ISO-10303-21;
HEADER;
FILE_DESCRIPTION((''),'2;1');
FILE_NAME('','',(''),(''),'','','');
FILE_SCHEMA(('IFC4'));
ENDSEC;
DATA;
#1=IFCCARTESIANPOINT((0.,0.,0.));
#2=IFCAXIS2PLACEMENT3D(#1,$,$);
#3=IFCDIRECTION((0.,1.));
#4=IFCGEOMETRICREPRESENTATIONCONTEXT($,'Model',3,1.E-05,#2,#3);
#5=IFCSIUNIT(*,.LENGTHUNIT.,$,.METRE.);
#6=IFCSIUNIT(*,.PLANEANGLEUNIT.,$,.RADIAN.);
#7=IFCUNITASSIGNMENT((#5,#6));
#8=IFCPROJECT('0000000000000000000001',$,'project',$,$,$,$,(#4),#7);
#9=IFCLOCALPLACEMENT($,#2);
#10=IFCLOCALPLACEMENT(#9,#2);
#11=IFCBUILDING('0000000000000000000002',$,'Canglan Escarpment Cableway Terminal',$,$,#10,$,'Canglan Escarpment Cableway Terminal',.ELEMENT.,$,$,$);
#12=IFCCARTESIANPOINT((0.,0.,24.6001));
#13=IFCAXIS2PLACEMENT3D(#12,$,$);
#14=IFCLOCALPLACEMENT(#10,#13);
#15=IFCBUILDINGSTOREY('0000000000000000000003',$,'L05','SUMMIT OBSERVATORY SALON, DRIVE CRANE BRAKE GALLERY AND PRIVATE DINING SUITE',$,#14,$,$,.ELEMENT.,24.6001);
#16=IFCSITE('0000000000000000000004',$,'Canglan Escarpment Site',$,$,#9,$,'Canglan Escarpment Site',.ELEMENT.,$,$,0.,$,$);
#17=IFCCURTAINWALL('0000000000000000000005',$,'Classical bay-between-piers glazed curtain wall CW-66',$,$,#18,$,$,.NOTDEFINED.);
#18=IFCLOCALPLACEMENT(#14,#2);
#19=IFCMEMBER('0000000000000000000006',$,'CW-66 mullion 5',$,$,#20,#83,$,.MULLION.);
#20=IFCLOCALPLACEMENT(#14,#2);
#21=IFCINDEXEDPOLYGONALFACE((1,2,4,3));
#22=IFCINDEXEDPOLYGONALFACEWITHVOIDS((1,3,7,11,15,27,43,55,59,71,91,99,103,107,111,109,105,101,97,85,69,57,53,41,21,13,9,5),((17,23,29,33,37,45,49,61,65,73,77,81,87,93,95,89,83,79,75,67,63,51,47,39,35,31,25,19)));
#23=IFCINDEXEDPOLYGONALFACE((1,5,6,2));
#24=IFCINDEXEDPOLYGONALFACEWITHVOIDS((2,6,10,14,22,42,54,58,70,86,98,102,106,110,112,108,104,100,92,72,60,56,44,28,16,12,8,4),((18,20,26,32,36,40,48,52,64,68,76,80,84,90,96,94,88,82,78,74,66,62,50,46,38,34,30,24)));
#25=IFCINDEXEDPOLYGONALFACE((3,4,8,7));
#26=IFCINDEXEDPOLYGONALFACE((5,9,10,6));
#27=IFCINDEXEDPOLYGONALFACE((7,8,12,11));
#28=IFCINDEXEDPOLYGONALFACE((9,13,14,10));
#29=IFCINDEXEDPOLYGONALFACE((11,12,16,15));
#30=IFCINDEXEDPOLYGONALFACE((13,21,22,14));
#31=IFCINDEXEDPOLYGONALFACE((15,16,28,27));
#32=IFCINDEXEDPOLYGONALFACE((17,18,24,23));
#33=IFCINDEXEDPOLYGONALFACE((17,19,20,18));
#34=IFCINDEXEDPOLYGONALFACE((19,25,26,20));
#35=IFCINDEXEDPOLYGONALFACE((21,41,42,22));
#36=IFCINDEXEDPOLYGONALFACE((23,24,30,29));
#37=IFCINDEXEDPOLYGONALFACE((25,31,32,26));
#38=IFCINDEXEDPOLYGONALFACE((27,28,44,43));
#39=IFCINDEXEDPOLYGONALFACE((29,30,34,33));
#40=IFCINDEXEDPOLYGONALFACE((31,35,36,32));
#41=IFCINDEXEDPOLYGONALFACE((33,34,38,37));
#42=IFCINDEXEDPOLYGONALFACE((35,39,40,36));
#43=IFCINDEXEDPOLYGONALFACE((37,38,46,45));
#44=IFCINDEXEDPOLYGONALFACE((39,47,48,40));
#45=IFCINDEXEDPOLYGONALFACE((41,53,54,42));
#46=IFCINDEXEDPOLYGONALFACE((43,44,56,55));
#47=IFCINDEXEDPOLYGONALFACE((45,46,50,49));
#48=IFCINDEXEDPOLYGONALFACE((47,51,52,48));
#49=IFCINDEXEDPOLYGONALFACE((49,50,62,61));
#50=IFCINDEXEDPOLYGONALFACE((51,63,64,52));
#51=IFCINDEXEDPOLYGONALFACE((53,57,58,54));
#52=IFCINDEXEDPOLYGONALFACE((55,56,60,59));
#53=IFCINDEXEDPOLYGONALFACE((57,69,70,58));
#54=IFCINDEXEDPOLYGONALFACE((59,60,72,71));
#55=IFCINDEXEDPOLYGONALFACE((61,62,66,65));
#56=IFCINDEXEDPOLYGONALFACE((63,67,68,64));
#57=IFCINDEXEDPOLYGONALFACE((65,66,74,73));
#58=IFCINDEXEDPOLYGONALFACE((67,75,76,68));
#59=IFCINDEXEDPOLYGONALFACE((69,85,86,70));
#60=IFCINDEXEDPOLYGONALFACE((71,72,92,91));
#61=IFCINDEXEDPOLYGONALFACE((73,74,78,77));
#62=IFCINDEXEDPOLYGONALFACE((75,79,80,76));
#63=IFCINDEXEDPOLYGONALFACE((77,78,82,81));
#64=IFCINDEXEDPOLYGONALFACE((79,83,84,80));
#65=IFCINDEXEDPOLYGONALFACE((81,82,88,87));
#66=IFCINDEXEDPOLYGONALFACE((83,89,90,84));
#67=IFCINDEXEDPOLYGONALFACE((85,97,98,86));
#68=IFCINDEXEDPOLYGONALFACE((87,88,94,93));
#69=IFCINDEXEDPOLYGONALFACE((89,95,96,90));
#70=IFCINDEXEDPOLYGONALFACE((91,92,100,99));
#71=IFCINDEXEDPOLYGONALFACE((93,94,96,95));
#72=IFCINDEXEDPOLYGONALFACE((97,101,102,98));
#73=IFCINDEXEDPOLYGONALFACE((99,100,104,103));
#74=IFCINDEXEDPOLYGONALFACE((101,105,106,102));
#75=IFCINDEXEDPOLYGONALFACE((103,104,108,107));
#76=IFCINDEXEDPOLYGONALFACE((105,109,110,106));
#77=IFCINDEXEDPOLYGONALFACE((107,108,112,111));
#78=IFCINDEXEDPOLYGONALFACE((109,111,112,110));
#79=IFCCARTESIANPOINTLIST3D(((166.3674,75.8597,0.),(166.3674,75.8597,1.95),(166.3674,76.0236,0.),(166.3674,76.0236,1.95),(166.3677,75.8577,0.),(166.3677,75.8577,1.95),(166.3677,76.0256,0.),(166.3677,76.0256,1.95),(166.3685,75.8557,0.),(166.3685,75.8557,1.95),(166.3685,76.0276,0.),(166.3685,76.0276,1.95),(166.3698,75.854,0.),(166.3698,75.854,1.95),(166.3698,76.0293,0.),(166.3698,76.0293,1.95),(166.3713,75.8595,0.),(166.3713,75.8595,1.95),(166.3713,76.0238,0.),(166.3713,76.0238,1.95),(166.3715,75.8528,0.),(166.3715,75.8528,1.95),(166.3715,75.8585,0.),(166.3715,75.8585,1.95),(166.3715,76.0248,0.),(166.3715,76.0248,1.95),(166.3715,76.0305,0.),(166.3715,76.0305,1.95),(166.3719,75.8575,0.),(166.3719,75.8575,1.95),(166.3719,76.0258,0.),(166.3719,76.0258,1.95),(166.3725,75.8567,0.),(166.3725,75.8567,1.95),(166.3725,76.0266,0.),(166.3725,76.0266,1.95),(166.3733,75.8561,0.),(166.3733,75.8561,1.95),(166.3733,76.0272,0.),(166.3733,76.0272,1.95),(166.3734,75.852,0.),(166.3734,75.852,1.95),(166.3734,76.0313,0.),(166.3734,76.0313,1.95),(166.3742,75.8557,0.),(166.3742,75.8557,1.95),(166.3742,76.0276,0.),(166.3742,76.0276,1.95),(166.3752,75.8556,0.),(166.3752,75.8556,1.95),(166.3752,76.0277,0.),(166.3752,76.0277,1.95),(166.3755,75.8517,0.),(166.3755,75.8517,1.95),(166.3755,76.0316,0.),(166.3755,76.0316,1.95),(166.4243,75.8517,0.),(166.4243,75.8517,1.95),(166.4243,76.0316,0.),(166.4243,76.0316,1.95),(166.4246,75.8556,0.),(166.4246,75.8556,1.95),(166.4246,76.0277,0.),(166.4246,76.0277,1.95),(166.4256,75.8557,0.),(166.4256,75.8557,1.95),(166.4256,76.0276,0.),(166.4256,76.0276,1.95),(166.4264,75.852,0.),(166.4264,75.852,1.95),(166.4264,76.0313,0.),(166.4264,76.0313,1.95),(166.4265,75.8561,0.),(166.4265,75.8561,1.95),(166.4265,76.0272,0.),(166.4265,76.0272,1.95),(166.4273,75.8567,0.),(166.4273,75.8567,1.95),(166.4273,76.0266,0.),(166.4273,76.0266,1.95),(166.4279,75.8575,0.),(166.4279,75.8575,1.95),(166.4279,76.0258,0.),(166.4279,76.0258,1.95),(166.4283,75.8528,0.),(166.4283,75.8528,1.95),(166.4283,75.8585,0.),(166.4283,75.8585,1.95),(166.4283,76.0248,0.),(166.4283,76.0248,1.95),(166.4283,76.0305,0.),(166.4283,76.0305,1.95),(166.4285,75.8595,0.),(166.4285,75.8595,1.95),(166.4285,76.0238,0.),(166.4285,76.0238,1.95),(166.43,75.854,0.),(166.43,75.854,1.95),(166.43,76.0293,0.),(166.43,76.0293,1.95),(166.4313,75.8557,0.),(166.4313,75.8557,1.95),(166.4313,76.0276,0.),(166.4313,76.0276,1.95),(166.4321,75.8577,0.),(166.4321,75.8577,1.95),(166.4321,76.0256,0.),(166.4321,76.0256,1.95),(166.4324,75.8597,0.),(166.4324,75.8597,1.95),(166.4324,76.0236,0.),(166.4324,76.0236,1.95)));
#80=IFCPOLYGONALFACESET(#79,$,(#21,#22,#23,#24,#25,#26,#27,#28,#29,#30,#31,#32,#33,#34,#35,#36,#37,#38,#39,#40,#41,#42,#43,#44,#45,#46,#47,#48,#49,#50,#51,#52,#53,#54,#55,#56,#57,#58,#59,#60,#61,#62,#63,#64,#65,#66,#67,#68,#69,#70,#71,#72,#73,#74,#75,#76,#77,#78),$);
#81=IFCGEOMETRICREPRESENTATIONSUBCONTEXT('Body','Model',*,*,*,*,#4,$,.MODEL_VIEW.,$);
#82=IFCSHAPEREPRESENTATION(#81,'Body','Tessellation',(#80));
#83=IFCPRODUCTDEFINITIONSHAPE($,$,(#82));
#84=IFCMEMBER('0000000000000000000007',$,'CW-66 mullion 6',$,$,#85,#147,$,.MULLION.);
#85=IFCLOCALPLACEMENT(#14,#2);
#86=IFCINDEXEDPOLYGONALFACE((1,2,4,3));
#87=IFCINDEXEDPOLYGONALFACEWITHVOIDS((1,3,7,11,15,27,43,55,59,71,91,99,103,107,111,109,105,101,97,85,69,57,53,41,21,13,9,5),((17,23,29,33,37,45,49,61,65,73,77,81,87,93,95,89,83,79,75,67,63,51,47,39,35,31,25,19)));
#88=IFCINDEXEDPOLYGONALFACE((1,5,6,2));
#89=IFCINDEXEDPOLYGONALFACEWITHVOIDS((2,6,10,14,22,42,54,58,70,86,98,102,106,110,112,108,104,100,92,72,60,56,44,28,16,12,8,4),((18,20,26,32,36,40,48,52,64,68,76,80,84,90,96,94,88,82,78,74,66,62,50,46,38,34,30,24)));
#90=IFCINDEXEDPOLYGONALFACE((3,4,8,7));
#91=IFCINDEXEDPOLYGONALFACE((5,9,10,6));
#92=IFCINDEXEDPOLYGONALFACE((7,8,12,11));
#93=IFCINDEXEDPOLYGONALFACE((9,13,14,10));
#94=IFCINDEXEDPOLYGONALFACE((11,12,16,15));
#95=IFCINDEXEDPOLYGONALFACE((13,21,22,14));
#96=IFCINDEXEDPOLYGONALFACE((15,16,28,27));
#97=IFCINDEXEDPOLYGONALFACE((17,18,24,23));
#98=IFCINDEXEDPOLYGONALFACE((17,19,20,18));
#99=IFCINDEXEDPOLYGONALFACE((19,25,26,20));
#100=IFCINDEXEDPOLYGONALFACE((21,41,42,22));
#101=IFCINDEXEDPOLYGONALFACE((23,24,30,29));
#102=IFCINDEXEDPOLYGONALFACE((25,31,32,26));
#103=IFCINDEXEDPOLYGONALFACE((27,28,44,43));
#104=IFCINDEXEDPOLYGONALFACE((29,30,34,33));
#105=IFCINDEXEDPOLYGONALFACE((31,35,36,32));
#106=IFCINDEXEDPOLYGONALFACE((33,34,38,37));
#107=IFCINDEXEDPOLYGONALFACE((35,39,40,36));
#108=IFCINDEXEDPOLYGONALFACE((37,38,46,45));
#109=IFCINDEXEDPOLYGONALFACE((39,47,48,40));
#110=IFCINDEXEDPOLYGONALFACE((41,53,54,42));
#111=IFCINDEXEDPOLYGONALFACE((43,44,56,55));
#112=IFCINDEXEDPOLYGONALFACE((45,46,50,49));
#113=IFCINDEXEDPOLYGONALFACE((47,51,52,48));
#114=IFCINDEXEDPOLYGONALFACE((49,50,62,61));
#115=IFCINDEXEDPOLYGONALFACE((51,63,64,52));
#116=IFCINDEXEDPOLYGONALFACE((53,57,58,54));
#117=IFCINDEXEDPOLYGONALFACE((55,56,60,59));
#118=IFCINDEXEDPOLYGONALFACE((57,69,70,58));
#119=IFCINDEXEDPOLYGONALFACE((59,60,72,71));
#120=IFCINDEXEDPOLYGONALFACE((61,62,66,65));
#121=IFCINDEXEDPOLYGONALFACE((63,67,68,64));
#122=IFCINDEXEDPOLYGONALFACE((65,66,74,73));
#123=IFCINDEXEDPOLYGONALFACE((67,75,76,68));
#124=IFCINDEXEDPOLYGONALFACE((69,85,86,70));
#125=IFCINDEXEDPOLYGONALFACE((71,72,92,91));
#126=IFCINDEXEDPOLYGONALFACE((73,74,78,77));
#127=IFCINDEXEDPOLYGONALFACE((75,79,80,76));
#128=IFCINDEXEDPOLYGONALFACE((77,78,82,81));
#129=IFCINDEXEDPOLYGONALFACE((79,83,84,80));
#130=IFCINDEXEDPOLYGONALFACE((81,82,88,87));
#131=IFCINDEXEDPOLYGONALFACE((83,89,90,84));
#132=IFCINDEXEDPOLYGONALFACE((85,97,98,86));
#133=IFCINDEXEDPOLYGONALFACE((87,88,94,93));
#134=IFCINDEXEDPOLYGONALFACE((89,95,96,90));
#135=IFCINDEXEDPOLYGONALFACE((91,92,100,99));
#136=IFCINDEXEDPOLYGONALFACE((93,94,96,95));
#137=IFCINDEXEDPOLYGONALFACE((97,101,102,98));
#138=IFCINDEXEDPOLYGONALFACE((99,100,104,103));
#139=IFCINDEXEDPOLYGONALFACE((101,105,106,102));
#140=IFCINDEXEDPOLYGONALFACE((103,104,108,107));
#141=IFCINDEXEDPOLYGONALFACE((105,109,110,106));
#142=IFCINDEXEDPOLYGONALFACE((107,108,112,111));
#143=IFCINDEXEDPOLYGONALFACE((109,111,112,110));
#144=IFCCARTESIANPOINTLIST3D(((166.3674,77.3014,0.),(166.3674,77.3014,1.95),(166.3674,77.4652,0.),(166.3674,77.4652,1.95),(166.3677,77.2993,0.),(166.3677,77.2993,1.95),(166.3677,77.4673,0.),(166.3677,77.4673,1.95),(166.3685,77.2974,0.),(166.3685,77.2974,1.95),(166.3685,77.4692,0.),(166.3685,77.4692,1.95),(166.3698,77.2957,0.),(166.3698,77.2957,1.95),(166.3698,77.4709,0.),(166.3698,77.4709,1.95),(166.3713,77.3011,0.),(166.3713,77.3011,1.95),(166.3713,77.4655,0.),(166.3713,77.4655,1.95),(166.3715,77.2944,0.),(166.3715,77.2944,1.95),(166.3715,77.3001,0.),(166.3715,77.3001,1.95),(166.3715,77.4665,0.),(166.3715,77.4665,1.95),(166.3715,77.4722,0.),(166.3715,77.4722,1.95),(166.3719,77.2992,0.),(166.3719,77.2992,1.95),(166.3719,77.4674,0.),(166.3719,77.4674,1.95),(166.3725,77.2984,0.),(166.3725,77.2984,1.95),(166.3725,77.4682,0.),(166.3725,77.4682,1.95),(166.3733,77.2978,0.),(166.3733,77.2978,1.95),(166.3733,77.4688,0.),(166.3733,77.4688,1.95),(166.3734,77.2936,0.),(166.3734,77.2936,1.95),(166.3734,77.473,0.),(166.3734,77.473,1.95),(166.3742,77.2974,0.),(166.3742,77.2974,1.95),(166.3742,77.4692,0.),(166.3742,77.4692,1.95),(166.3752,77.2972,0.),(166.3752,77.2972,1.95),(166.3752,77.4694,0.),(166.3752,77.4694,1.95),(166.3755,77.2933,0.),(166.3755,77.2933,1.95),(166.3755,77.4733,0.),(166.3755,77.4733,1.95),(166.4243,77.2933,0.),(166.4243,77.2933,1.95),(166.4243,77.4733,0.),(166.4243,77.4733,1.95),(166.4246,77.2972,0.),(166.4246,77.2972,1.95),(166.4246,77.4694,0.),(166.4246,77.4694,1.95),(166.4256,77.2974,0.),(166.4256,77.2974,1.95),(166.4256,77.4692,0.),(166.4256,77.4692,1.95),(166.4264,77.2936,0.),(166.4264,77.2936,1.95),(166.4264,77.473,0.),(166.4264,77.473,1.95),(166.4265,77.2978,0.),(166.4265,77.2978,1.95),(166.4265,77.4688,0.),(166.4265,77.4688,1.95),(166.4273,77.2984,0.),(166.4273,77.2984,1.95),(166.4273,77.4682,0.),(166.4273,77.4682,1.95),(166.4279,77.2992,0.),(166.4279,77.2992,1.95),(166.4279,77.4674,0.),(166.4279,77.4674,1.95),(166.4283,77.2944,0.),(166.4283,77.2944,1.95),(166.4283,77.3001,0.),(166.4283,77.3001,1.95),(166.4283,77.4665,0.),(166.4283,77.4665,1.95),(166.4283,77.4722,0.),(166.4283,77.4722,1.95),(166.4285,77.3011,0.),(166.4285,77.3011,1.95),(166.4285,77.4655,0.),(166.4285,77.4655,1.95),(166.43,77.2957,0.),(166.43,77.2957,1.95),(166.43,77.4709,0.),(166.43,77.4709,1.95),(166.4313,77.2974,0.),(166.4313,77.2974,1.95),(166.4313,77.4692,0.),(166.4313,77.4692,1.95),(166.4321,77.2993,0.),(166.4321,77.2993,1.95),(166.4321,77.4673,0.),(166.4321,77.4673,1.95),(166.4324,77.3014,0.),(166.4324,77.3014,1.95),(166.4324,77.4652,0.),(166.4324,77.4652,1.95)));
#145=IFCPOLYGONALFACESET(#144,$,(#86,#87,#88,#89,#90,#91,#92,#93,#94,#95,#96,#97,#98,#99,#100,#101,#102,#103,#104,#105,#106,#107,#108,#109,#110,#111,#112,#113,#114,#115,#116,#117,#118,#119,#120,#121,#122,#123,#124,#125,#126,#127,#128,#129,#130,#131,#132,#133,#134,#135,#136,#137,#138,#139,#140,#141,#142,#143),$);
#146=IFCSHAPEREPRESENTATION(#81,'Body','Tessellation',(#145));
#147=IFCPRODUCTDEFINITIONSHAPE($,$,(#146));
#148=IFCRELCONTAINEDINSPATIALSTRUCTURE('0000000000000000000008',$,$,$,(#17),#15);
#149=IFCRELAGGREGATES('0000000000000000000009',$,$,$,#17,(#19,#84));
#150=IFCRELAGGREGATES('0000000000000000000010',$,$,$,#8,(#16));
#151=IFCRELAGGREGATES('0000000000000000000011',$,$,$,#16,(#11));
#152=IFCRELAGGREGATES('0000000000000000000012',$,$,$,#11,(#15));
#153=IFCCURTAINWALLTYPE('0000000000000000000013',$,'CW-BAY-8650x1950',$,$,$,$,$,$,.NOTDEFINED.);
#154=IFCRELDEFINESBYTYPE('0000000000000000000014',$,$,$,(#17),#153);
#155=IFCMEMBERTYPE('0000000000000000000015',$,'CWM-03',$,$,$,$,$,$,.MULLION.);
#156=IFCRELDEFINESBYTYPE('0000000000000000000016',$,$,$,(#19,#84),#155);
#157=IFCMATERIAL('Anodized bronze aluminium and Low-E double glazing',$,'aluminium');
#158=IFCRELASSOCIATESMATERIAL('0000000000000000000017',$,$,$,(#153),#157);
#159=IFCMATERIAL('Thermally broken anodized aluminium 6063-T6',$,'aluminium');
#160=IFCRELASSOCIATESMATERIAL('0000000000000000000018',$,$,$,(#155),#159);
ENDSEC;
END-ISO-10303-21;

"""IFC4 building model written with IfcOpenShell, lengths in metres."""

from ifc_helpers import new_model, si_unit, direction, frame, origin, origin_2d, place, context, subcontext, project, spatial, hollow_rectangle, extrude, material, material_profile, profile_set, type_object, element, aggregate, save


model = new_model("IFC4")

# Units and contexts
model_context = context("Model", 3, precision=1e-05, world=origin(), true_north=direction((0.0, 1.0)))
body_context = subcontext(model_context, "Body", "Model", "MODEL_VIEW")
ifc_project = project(units=[si_unit("LENGTHUNIT", "METRE"), si_unit("PLANEANGLEUNIT", "RADIAN")], contexts=[model_context])

# Site, building, storey
site_placement = place(None, origin())
site = spatial("IfcSite", under=ifc_project, at=site_placement, Name="Canglan Escarpment Site", LongName="Canglan Escarpment Site", CompositionType="ELEMENT", RefElevation=0.0)
building_placement = place(site_placement, origin())
building = spatial("IfcBuilding", under=site, at=building_placement, Name="Canglan Escarpment Cableway Terminal", LongName="Canglan Escarpment Cableway Terminal", CompositionType="ELEMENT")
storey_placement = place(building_placement, frame((0.0, 0.0, 24.6001)))
storey = spatial("IfcBuildingStorey", under=building, at=storey_placement, Name="L05", Description="SUMMIT OBSERVATORY SALON, DRIVE CRANE BRAKE GALLERY AND PRIVATE DINING SUITE", CompositionType="ELEMENT", Elevation=24.6001)

# Curtain wall, members
ifc_material_1 = material(Name="Anodized bronze aluminium and Low-E double glazing", Category="aluminium")
curtain_wall_type = type_object("IfcCurtainWallType", Name="CW-BAY-8650x1950", PredefinedType="NOTDEFINED", material=ifc_material_1)
ifc_material_2 = material(Name="Thermally broken anodized aluminium 6063-T6", Category="aluminium")
curtain_wall_1_placement = place(storey_placement, origin())
curtain_wall_1 = element("IfcCurtainWall", 1, at=curtain_wall_1_placement, inside=storey, type_object=curtain_wall_type, Name="Classical bay-between-piers glazed curtain wall CW-66", PredefinedType="NOTDEFINED")
ifc_material_profile_1 = material_profile(ifc_material_2, hollow_rectangle(XDim=0.0649, YDim=0.1799, WallThickness=0.0039, InnerFilletRadius=0.0039, OuterFilletRadius=0.0081, at=origin_2d()), Name="ALU-MULL 65x180x4")
ifc_profile_set_1 = profile_set([ifc_material_profile_1], Name="Thermally broken anodized aluminium 6063-T6")
member_type_1 = type_object("IfcMemberType", Name="CWM-03", PredefinedType="MULLION", material=ifc_profile_set_1)
member_1_placement = place(storey_placement, frame((166.3999, 75.9417, 0.0), z_axis=(0.0, 0.0, 1.0), x_axis=(-1.0, 0.0, 0.0)))
member_1 = element("IfcMember", 2, at=member_1_placement, type_object=member_type_1, Name="CW-66 mullion 5", PredefinedType="MULLION", context=body_context, shape_type="SweptSolid", body=[
    extrude(hollow_rectangle(XDim=0.0649, YDim=0.1799, WallThickness=0.0039, InnerFilletRadius=0.0039, OuterFilletRadius=0.0081, at=origin_2d()), origin(), (0.0, 0.0, 1.0), 1.95),
])
member_2_placement = place(storey_placement, frame((166.3999, 77.3833, 0.0), z_axis=(0.0, 0.0, 1.0), x_axis=(-1.0, 0.0, 0.0)))
member_2 = element("IfcMember", 3, at=member_2_placement, type_object=member_type_1, Name="CW-66 mullion 6", PredefinedType="MULLION", context=body_context, shape_type="SweptSolid", body=[
    extrude(hollow_rectangle(XDim=0.0649, YDim=0.1799, WallThickness=0.0039, InnerFilletRadius=0.0039, OuterFilletRadius=0.0081, at=origin_2d()), origin(), (0.0, 0.0, 1.0), 1.95),
])

aggregate(curtain_wall_1, [member_1, member_2])

save(model, "model.ifc")
